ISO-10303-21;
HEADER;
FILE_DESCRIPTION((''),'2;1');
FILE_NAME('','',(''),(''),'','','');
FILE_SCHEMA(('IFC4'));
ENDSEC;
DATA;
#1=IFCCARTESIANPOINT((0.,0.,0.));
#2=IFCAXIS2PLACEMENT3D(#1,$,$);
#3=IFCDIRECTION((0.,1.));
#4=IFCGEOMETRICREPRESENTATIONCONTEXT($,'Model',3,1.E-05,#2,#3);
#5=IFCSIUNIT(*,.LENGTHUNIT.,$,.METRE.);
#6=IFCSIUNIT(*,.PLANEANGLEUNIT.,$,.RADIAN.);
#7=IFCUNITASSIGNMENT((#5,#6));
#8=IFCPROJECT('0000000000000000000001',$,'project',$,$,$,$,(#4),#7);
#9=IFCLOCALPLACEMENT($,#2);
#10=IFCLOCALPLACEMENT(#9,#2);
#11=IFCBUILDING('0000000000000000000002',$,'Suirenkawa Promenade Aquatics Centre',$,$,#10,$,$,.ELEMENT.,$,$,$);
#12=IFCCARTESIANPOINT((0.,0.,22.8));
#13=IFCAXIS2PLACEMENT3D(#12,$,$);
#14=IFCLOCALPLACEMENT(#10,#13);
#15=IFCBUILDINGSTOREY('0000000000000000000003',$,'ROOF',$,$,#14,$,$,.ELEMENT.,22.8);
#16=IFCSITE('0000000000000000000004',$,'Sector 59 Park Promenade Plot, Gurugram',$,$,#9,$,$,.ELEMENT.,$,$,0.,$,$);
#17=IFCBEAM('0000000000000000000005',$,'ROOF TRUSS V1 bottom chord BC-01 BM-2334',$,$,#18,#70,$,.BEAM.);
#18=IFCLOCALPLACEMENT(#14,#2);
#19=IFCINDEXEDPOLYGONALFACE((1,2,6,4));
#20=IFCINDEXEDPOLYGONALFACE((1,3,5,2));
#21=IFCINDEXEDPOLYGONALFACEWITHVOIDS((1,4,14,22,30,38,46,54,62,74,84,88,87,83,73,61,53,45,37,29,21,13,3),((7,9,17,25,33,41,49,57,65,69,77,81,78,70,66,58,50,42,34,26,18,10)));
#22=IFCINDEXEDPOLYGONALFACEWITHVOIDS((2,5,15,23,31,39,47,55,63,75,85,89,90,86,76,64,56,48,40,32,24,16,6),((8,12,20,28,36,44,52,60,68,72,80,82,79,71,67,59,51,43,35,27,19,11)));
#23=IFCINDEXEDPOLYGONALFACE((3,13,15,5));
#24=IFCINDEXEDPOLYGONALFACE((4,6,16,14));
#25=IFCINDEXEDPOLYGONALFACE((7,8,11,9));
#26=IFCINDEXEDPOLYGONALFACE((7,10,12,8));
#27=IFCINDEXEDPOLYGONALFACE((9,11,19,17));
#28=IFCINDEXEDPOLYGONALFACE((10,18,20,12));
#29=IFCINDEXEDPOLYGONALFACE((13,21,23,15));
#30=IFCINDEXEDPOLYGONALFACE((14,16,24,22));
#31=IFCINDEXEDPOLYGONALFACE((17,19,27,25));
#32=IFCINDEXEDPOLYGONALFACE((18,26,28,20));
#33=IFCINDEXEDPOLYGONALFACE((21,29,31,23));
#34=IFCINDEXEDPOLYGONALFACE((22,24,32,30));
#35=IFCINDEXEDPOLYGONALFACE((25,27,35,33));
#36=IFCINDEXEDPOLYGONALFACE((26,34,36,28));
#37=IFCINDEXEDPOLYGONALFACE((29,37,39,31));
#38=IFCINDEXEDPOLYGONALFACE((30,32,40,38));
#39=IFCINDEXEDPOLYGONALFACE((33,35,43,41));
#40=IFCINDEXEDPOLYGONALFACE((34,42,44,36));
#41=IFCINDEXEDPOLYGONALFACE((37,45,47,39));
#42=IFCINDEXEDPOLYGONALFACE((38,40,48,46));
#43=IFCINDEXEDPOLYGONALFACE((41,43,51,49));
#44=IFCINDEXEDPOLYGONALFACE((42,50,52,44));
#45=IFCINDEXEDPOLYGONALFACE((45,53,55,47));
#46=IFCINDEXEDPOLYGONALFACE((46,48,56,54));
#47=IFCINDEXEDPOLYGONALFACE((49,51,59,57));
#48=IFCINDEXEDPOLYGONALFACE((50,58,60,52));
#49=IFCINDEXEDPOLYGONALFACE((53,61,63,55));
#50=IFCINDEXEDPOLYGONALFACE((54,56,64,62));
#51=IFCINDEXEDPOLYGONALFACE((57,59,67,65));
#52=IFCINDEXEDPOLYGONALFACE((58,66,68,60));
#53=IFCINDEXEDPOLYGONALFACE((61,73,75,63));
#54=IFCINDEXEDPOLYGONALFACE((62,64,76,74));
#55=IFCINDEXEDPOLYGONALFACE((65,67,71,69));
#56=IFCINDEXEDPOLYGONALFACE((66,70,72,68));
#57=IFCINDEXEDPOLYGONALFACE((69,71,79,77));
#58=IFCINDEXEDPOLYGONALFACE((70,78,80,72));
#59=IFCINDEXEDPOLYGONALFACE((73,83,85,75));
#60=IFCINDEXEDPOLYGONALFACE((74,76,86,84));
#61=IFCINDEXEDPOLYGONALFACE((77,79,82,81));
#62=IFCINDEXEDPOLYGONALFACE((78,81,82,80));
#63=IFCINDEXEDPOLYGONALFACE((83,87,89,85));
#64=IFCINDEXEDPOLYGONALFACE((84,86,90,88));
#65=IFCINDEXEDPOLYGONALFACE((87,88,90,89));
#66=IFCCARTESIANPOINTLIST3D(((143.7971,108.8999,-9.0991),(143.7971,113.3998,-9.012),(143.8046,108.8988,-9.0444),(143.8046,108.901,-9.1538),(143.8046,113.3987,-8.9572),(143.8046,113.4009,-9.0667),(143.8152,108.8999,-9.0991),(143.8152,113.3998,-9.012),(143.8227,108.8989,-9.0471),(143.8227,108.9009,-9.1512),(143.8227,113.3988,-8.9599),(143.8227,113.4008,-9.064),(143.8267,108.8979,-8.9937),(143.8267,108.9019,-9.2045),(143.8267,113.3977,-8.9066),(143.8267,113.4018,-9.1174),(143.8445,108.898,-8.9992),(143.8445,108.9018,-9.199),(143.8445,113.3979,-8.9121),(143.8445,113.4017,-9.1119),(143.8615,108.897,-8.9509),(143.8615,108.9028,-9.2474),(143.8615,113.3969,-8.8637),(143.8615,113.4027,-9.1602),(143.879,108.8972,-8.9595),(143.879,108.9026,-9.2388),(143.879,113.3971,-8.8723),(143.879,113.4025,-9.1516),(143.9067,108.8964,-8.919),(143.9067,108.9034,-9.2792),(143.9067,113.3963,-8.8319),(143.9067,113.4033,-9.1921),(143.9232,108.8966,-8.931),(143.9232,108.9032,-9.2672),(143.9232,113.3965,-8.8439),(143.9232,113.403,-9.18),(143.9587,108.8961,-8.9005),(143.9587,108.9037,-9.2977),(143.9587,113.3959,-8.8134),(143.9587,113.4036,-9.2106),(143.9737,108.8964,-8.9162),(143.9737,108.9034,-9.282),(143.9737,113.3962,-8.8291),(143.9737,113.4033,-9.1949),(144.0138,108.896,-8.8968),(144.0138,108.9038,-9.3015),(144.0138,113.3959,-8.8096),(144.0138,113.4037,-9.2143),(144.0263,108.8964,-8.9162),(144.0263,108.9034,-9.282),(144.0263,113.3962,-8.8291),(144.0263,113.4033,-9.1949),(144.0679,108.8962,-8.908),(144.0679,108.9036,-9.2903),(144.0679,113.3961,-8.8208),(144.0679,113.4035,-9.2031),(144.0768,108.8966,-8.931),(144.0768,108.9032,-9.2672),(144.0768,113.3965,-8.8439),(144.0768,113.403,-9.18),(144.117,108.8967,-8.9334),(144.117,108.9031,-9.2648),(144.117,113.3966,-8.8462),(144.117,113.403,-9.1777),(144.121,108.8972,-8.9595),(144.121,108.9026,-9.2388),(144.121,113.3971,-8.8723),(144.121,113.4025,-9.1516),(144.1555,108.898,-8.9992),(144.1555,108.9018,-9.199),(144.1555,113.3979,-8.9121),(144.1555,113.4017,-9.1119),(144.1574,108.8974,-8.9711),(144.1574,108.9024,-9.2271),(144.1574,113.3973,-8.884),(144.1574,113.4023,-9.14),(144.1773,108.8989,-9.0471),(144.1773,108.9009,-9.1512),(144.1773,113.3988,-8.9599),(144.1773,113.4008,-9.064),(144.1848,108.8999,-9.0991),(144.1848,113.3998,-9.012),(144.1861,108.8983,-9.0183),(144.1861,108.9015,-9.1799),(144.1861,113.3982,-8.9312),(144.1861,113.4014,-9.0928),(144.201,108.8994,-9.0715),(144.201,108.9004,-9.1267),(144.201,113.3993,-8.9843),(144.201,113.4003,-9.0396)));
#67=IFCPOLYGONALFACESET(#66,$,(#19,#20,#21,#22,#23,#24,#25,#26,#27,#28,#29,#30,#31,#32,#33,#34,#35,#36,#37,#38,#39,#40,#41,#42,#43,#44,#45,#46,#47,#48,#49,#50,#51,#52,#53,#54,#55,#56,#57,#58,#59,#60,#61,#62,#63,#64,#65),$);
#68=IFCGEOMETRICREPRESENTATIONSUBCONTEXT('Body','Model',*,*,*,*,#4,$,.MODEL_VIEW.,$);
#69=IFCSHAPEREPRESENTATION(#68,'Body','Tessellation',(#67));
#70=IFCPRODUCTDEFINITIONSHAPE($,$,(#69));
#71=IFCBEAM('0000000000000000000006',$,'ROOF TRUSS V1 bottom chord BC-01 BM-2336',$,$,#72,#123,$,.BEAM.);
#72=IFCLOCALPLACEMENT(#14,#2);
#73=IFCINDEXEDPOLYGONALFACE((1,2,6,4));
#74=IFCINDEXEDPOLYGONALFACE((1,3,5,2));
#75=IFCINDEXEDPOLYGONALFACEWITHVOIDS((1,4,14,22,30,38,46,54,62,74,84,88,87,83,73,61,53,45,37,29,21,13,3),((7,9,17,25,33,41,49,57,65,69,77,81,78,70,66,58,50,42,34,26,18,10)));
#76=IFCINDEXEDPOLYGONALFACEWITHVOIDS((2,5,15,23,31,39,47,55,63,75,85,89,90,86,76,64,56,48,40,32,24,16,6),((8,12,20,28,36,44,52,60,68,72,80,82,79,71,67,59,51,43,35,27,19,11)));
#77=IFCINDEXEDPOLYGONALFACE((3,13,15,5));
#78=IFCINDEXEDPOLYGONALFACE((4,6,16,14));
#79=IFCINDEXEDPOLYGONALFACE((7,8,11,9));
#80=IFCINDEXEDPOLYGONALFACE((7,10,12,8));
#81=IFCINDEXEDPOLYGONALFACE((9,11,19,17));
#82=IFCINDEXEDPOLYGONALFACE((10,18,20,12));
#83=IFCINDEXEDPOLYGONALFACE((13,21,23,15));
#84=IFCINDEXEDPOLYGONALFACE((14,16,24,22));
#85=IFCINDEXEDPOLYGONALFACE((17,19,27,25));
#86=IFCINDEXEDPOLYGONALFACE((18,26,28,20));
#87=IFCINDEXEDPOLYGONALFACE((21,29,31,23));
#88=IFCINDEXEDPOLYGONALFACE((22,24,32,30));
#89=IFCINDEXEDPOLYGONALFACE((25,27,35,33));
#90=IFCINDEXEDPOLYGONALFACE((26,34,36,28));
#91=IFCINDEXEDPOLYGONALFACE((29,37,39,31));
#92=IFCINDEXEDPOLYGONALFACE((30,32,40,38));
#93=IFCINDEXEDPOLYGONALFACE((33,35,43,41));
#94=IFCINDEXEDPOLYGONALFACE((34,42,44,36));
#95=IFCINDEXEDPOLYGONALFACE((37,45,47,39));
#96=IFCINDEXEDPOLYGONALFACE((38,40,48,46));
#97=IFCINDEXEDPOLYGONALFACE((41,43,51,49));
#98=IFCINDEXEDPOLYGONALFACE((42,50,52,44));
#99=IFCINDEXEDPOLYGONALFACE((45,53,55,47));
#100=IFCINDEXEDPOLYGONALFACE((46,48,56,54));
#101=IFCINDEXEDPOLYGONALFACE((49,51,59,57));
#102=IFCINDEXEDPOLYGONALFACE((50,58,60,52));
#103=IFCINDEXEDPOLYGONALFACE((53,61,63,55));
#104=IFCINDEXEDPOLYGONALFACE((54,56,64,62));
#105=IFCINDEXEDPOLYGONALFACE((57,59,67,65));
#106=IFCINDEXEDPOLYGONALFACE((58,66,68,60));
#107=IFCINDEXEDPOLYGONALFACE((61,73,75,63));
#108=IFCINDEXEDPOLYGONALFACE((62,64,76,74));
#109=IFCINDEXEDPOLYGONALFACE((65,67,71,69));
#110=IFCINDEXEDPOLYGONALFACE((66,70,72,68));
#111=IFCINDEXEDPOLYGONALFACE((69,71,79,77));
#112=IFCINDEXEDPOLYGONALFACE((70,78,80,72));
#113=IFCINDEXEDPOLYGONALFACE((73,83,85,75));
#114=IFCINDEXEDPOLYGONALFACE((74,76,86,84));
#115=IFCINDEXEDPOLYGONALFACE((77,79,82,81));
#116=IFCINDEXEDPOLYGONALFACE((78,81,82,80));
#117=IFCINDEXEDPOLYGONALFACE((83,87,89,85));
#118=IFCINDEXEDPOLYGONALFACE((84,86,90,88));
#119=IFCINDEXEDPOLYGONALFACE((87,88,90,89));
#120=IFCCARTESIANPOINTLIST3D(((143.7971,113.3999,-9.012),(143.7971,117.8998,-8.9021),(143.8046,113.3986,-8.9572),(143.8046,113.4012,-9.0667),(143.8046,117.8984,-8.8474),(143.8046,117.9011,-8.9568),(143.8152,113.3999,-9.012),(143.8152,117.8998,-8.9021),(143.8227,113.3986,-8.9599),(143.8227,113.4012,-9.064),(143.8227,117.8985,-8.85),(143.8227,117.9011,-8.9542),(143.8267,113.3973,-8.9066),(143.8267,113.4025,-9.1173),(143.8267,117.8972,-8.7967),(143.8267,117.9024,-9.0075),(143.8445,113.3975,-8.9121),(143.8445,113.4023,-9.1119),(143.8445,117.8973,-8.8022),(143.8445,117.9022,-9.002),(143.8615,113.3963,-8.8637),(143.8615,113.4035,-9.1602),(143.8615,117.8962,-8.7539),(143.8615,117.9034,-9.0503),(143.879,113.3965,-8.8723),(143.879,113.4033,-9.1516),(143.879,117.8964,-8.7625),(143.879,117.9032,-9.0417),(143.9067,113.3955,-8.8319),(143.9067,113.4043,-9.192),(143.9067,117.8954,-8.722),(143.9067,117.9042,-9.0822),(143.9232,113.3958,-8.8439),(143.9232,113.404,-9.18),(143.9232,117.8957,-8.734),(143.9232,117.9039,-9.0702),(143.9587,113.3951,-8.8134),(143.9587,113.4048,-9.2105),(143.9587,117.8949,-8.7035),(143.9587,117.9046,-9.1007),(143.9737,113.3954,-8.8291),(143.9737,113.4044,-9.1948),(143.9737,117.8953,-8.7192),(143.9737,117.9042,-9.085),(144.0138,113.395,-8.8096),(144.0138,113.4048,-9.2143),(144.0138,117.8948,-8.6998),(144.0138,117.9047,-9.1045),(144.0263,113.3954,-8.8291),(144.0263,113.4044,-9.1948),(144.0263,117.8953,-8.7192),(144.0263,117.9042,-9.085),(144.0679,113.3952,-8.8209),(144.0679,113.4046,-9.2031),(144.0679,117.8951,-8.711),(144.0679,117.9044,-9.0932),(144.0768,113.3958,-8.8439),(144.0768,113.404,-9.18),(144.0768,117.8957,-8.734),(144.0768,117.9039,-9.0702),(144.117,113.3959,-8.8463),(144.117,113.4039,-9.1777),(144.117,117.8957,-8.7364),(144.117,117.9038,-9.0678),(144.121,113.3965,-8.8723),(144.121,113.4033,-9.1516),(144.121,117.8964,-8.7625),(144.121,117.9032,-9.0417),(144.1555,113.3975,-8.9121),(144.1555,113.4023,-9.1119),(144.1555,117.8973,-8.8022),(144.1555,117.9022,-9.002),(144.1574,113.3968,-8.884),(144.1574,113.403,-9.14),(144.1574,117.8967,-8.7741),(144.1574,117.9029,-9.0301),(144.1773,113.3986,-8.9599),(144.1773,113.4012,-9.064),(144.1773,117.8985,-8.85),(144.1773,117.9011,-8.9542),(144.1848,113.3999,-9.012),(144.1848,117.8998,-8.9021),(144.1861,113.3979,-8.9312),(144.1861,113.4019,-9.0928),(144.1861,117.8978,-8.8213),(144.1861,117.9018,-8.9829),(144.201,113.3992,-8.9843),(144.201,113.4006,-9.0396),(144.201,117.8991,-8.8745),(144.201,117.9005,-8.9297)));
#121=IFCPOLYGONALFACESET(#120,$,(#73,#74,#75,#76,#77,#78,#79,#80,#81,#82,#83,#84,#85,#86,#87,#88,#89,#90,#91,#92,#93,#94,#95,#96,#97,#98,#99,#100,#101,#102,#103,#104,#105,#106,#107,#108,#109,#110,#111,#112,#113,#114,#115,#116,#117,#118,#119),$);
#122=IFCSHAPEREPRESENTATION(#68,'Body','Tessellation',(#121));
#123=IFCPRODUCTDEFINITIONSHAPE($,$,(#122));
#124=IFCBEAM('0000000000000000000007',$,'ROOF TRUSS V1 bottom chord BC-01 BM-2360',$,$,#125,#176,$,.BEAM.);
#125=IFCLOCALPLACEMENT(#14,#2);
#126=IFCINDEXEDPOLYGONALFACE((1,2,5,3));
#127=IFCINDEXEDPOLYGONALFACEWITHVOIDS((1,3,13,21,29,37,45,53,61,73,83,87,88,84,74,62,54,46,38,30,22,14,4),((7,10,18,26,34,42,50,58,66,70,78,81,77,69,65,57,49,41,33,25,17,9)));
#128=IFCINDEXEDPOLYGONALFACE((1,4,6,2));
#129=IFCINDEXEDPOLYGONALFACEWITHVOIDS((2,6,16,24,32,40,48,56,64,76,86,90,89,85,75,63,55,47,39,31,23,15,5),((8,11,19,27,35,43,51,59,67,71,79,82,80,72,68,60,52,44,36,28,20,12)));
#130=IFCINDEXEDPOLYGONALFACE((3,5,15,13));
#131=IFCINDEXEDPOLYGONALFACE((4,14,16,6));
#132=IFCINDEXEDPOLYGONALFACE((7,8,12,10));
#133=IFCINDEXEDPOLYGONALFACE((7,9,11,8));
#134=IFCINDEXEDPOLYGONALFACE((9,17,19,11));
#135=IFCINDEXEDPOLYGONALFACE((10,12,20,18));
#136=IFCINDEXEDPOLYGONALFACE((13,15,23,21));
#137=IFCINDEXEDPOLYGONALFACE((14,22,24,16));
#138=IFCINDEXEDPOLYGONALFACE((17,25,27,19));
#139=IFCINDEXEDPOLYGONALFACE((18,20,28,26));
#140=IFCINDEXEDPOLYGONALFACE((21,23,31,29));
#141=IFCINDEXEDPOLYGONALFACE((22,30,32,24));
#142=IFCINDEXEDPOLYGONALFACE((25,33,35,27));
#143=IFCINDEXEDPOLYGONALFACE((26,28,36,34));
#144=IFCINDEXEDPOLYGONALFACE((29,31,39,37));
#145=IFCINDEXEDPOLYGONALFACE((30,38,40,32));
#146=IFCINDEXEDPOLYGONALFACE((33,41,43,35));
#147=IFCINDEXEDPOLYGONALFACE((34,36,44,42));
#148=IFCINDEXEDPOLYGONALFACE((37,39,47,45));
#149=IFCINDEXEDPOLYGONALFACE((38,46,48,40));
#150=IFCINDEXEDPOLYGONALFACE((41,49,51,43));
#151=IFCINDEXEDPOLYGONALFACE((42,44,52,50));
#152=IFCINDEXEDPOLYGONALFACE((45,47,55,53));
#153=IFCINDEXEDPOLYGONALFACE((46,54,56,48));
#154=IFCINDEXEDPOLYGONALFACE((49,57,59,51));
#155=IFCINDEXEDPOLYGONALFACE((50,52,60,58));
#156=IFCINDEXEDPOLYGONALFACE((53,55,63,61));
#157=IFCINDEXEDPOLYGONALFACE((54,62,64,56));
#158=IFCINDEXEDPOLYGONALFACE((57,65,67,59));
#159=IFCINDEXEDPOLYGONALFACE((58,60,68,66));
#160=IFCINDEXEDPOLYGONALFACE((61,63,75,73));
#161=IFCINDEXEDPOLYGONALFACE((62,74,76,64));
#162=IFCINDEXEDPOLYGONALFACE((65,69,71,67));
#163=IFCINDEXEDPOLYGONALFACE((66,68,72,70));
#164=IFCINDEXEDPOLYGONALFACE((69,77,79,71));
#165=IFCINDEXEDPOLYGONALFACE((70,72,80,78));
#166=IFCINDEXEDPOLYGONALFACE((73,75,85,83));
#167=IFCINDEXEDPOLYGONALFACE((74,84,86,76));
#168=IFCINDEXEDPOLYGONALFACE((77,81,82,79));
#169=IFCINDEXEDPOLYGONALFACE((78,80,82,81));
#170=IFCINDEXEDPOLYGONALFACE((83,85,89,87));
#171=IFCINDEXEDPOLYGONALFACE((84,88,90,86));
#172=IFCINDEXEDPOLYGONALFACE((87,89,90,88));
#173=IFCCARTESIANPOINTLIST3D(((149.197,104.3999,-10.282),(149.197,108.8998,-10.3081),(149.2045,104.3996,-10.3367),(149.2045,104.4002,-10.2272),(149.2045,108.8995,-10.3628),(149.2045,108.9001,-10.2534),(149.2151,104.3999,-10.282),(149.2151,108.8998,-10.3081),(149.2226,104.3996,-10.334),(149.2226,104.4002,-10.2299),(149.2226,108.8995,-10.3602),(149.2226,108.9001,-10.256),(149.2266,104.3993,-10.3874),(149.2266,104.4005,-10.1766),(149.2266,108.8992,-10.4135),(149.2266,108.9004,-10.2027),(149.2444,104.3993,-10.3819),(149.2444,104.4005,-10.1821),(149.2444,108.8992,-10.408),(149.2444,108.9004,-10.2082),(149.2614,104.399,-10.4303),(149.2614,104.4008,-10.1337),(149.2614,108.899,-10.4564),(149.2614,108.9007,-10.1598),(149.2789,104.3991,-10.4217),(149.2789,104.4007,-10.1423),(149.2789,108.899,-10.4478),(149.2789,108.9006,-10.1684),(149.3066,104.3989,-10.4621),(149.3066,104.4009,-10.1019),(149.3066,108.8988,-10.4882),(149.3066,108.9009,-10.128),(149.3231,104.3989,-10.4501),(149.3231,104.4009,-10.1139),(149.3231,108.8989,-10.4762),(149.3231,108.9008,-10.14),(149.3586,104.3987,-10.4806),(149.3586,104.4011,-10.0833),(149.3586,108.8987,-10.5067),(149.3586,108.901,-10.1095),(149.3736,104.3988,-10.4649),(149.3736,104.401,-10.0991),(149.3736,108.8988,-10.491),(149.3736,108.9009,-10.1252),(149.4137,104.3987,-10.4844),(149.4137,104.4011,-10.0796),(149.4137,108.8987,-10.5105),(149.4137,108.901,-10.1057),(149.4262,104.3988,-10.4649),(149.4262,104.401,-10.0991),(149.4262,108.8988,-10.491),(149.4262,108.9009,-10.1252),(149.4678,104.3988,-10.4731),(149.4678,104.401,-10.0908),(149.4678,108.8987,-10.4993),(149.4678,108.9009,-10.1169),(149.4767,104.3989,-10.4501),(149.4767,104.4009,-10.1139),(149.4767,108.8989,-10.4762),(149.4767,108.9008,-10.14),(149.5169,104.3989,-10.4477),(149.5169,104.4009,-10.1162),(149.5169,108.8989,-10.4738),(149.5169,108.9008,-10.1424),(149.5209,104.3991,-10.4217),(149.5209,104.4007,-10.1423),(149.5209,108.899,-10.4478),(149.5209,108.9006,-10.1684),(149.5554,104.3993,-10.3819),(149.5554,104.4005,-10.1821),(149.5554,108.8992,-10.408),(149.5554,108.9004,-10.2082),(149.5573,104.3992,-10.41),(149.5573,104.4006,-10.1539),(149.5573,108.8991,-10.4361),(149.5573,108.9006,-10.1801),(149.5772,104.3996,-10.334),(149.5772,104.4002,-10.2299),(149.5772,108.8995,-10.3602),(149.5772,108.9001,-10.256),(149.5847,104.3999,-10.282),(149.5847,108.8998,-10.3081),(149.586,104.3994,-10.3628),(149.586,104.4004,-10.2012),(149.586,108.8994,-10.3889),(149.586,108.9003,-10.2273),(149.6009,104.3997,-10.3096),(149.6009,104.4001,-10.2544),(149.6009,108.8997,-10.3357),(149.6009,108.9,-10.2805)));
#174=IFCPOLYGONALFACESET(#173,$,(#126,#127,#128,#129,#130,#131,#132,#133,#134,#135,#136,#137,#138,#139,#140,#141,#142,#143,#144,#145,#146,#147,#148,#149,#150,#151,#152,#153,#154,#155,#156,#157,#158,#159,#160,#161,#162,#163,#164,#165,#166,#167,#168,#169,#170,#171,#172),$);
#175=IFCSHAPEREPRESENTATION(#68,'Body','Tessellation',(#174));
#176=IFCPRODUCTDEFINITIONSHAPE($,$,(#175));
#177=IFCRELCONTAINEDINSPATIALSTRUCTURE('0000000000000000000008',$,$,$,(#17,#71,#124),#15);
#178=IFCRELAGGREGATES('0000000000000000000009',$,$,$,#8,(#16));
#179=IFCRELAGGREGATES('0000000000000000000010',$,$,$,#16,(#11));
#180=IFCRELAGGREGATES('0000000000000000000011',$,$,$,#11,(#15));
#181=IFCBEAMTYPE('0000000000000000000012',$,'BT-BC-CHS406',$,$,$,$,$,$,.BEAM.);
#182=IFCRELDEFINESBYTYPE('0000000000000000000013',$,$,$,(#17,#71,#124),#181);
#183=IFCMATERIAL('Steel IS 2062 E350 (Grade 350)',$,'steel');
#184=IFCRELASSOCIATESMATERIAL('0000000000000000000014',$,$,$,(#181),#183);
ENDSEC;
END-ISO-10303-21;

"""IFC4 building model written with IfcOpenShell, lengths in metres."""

from ifc_helpers import new_model, si_unit, direction, frame, origin, origin_2d, place, context, subcontext, project, spatial, hollow_circle, extrude, material, material_profile, profile_set, type_object, element, save


model = new_model("IFC4")

# Units and contexts
model_context = context("Model", 3, precision=1e-05, world=origin(), true_north=direction((0.0, 1.0)))
body_context = subcontext(model_context, "Body", "Model", "MODEL_VIEW")
ifc_project = project(units=[si_unit("LENGTHUNIT", "METRE"), si_unit("PLANEANGLEUNIT", "RADIAN")], contexts=[model_context])

# Site, building, storey
site_placement = place(None, origin())
site = spatial("IfcSite", under=ifc_project, at=site_placement, Name="Sector 59 Park Promenade Plot, Gurugram", CompositionType="ELEMENT", RefElevation=0.0)
building_placement = place(site_placement, origin())
building = spatial("IfcBuilding", under=site, at=building_placement, Name="Suirenkawa Promenade Aquatics Centre", CompositionType="ELEMENT")
storey_placement = place(building_placement, frame((0.0, 0.0, 22.8)))
storey = spatial("IfcBuildingStorey", under=building, at=storey_placement, Name="ROOF", CompositionType="ELEMENT", Elevation=22.8)

# Beams
ifc_material = material(Name="Steel IS 2062 E350 (Grade 350)", Category="steel")
ifc_material_profile_1 = material_profile(ifc_material, hollow_circle(Radius=0.2029, WallThickness=0.0181, at=origin_2d()), Name="CHS 406x18", Category="steel")
ifc_profile_set_1 = profile_set([ifc_material_profile_1], Name="Steel IS 2062 E350 (Grade 350)")
beam_type_1 = type_object("IfcBeamType", Name="BT-BC-CHS406", PredefinedType="BEAM", material=ifc_profile_set_1)
beam_1_placement = place(storey_placement, frame((144.0, 108.8999, -9.0991), z_axis=(0.0, 0.999812, 0.019365), x_axis=(-1.0, 0.0, 0.0)))
element("IfcBeam", 1, at=beam_1_placement, inside=storey, type_object=beam_type_1, Name="ROOF TRUSS V1 bottom chord BC-01 BM-2334", PredefinedType="BEAM", context=body_context, shape_type="SweptSolid", body=[
    extrude(hollow_circle(Radius=0.2029, WallThickness=0.0181, at=origin_2d()), origin(), (0.0, 0.0, 1.0), 4.5007),
])
beam_2_placement = place(storey_placement, frame((144.0, 113.3999, -9.012), z_axis=(0.0, 0.999702, 0.024407), x_axis=(-1.0, 0.0, 0.0)))
element("IfcBeam", 2, at=beam_2_placement, inside=storey, type_object=beam_type_1, Name="ROOF TRUSS V1 bottom chord BC-01 BM-2336", PredefinedType="BEAM", context=body_context, shape_type="SweptSolid", body=[
    extrude(hollow_circle(Radius=0.2029, WallThickness=0.0181, at=origin_2d()), origin(), (0.0, 0.0, 1.0), 4.5012),
])
for number, where, z_axis, x_axis, name in (
    (3, (149.3999, 104.3999, -10.282), (0.0, 0.999983, -0.005805), (-1.0, 0.0, 0.0), "ROOF TRUSS V1 bottom chord BC-01 BM-2360"),
):
    element("IfcBeam", number, at=place(storey_placement, frame(where, z_axis=z_axis, x_axis=x_axis)), inside=storey, type_object=beam_type_1, Name=name, PredefinedType="BEAM", context=body_context, shape_type="SweptSolid", body=[
        extrude(hollow_circle(Radius=0.2029, WallThickness=0.0181, at=origin_2d()), origin(), (0.0, 0.0, 1.0), 4.5),
    ])

save(model, "model.ifc")
